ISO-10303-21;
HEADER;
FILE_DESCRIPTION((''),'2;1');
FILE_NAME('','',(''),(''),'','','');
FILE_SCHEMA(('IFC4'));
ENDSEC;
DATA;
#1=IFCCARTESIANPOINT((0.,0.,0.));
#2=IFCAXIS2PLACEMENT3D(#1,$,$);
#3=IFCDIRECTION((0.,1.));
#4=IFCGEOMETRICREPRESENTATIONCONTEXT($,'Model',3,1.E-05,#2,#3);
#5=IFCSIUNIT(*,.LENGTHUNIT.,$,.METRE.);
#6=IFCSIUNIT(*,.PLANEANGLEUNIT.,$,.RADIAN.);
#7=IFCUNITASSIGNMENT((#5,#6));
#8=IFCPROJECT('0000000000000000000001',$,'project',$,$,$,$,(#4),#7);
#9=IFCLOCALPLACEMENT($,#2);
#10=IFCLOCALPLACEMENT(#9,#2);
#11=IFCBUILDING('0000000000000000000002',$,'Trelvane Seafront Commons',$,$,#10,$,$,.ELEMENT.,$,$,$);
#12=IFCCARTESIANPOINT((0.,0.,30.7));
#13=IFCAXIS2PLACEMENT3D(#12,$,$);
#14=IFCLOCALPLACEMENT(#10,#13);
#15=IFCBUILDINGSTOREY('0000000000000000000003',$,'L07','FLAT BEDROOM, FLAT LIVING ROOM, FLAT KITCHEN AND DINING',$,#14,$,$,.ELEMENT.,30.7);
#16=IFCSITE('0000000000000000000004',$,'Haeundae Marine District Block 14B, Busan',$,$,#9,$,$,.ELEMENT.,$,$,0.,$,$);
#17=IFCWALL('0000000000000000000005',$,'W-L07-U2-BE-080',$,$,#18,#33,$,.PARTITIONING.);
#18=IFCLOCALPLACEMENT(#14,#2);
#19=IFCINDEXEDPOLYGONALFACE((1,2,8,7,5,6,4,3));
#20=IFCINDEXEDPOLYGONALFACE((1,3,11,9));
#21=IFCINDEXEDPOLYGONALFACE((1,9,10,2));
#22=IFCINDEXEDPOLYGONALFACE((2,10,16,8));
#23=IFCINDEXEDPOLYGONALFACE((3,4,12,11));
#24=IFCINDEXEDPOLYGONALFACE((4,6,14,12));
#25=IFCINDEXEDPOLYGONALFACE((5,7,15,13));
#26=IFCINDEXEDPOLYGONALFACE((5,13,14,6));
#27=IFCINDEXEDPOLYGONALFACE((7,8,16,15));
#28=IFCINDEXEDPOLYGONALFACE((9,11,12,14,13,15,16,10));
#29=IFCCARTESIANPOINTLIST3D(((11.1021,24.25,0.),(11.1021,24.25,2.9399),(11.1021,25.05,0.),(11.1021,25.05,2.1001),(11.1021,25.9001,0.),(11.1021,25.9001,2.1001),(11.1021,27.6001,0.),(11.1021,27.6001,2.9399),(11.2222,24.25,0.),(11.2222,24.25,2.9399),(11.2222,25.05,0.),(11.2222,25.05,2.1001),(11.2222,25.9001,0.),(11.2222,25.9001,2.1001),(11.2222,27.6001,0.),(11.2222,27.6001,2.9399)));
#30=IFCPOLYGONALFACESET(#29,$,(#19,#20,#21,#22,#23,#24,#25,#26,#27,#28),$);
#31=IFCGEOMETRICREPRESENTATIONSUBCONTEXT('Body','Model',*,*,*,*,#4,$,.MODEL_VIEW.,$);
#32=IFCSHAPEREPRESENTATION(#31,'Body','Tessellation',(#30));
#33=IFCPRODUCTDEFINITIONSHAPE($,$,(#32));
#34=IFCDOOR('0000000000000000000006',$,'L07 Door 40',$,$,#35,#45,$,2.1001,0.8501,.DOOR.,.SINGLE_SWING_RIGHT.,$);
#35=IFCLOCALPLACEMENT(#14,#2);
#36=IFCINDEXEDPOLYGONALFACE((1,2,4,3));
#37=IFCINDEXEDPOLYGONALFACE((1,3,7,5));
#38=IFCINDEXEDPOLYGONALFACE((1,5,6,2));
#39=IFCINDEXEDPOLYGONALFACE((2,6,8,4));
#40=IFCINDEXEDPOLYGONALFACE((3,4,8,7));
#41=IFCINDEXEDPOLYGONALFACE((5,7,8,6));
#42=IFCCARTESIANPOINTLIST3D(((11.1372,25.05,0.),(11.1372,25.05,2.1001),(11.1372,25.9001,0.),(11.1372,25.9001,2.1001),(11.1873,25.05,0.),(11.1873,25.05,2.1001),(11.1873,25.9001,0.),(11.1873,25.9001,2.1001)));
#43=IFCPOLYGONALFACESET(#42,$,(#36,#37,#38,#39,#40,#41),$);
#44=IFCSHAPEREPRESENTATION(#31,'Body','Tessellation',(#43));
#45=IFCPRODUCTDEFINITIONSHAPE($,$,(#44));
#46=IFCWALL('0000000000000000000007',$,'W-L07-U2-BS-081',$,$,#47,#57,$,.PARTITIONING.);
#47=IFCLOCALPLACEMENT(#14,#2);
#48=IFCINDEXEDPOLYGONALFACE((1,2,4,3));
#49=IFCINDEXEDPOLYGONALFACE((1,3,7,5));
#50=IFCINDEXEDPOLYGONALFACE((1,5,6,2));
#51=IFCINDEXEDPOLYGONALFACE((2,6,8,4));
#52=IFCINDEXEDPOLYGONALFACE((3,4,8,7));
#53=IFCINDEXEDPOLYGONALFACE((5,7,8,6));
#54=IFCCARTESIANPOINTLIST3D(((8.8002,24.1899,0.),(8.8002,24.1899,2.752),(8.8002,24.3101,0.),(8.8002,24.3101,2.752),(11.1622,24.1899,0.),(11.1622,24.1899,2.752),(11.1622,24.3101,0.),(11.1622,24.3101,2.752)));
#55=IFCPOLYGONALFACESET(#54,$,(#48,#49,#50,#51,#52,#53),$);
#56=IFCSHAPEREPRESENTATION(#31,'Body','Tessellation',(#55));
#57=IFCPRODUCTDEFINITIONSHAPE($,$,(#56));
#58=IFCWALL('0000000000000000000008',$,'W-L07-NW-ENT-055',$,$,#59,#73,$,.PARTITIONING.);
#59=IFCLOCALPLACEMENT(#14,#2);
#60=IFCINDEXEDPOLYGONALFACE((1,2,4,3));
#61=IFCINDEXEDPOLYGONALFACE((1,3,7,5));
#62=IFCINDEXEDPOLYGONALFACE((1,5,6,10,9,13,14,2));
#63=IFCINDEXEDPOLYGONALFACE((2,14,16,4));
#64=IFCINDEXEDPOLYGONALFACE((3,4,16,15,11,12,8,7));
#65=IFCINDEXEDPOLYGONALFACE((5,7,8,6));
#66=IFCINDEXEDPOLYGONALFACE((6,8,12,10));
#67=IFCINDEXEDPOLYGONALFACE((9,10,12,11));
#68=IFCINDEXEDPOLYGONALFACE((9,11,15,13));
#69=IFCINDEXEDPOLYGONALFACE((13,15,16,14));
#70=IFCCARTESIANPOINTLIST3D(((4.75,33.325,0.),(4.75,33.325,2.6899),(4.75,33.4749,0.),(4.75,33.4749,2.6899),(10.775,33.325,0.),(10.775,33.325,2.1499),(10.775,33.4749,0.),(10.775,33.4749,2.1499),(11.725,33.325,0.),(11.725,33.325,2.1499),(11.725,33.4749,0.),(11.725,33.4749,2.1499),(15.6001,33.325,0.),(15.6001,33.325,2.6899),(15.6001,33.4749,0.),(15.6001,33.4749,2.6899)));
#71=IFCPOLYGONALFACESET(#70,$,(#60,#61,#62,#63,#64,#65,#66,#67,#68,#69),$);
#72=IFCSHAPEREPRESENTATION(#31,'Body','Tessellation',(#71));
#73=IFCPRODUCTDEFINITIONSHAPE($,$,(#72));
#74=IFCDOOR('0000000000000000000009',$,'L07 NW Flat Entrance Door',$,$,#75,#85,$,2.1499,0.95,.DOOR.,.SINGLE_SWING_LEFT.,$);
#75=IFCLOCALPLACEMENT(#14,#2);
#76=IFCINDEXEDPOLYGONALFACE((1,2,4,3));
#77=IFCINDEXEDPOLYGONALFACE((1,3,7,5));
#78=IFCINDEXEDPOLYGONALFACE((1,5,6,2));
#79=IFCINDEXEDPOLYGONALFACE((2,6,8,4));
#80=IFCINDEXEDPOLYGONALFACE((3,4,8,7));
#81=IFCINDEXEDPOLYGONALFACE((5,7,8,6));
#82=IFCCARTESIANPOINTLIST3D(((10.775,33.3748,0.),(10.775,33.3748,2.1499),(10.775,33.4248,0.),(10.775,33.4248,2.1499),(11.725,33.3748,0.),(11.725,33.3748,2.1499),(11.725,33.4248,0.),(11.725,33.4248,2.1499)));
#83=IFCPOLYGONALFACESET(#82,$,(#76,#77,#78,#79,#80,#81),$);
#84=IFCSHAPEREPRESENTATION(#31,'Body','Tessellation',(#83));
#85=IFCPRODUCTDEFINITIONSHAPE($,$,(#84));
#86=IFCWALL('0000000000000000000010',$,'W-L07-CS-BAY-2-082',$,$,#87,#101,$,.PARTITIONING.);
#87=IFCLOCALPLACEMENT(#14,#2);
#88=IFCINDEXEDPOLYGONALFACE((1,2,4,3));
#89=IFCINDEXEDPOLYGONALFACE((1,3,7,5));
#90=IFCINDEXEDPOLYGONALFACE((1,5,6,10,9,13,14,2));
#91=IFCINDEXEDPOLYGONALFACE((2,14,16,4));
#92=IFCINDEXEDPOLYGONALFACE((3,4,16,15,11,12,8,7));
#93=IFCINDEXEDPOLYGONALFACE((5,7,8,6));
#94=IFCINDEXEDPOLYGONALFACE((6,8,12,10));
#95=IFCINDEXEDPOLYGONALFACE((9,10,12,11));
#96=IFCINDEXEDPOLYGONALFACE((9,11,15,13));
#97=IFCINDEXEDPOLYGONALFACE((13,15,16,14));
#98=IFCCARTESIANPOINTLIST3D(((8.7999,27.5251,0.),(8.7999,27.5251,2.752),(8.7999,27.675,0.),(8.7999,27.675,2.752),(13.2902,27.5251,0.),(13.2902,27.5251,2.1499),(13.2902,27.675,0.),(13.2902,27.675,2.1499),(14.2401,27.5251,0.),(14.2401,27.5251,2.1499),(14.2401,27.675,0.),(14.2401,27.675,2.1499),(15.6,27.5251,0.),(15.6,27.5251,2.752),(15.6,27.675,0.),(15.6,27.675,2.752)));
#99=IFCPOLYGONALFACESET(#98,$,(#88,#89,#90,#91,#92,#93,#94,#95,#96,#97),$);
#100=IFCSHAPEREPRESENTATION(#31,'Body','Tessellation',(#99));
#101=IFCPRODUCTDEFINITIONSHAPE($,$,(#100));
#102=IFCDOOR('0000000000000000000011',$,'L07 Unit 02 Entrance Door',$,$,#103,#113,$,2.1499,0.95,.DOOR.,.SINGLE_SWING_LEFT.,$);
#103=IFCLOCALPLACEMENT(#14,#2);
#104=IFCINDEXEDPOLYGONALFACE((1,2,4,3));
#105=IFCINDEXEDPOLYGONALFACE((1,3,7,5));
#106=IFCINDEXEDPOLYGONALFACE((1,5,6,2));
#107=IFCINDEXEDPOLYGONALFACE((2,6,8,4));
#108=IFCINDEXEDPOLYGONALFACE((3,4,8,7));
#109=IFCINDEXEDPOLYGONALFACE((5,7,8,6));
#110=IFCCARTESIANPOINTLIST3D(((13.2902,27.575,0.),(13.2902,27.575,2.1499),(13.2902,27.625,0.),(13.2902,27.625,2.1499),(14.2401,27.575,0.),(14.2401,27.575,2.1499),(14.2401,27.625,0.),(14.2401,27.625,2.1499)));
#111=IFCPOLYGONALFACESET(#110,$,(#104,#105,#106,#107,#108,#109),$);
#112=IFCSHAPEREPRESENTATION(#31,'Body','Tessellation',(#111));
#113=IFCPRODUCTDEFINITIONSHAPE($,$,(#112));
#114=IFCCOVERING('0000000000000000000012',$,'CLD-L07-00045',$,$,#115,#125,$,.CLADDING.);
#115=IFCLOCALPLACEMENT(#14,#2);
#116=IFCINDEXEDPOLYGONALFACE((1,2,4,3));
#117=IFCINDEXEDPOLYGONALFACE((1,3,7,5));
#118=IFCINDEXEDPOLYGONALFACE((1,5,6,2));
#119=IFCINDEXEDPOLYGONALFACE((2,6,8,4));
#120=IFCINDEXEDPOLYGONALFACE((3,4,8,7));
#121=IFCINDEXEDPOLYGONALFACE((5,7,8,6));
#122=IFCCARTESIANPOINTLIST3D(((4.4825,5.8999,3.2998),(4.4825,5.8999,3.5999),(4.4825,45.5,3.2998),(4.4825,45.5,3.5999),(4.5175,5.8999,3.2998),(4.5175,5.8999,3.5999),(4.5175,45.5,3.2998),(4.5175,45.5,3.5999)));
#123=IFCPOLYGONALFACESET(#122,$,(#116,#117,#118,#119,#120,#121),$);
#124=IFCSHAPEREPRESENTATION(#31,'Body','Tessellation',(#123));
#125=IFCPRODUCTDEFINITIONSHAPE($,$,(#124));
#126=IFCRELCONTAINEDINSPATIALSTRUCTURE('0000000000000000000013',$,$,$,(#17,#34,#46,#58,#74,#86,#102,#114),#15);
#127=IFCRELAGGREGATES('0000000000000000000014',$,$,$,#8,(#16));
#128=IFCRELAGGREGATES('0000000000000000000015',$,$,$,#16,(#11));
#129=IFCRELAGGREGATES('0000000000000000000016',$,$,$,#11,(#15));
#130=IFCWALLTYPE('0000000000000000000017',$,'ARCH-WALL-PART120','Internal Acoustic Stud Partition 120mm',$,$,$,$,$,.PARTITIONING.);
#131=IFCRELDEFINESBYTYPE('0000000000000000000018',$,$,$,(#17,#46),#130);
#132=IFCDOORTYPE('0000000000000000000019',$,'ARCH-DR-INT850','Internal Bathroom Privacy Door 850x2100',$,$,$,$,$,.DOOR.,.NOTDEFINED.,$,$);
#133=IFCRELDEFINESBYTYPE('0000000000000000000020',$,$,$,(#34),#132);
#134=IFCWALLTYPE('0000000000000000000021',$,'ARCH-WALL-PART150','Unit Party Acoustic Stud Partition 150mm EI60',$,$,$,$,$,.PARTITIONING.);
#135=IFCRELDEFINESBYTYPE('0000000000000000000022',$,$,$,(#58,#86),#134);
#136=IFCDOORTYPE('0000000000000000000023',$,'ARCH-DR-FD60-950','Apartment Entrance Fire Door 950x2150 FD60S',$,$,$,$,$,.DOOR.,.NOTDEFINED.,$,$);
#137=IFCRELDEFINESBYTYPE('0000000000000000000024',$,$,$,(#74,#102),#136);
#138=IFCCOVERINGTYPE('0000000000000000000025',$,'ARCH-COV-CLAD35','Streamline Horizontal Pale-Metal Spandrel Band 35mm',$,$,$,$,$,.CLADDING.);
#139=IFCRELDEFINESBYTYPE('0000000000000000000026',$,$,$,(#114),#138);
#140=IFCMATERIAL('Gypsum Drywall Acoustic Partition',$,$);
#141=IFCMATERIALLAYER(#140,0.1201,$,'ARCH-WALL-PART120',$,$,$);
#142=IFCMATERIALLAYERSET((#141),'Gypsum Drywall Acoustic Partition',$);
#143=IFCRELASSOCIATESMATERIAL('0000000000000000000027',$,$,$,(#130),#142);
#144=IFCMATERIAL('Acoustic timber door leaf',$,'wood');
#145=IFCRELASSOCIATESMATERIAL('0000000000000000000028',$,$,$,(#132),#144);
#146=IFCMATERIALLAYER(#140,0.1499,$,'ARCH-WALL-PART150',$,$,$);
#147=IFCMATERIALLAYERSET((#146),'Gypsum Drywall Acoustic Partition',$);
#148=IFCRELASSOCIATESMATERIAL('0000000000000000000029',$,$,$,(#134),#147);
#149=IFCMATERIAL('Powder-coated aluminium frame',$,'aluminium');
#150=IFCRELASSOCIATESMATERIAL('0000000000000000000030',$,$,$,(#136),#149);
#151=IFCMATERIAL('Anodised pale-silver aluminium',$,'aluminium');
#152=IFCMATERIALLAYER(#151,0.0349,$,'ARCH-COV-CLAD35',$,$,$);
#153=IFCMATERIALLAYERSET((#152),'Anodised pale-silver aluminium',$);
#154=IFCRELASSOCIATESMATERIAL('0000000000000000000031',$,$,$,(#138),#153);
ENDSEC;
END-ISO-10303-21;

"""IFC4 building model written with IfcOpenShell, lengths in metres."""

from ifc_helpers import new_model, si_unit, direction, frame, frame_2d, origin, origin_2d, place, context, subcontext, project, spatial, rectangle, extrude, source, transform, mapped, material, layer, layer_set, type_object, element, fill, save


model = new_model("IFC4")

# Units and contexts
model_context = context("Model", 3, precision=1e-05, world=origin(), true_north=direction((0.0, 1.0)))
body_context = subcontext(model_context, "Body", "Model", "MODEL_VIEW")
ifc_project = project(units=[si_unit("LENGTHUNIT", "METRE"), si_unit("PLANEANGLEUNIT", "RADIAN")], contexts=[model_context])

# Site, building, storey
site_placement = place(None, origin())
site = spatial("IfcSite", under=ifc_project, at=site_placement, Name="Haeundae Marine District Block 14B, Busan", CompositionType="ELEMENT", RefElevation=0.0)
building_placement = place(site_placement, origin())
building = spatial("IfcBuilding", under=site, at=building_placement, Name="Trelvane Seafront Commons", CompositionType="ELEMENT")
storey_placement = place(building_placement, frame((0.0, 0.0, 30.7)))
storey = spatial("IfcBuildingStorey", under=building, at=storey_placement, Name="L07", Description="FLAT BEDROOM, FLAT LIVING ROOM, FLAT KITCHEN AND DINING", CompositionType="ELEMENT", Elevation=30.7)

# Shared definitions
ifc_material_1 = material(Name="Gypsum Drywall Acoustic Partition")
ifc_layer_1 = layer(ifc_material_1, 0.1201, Name="ARCH-WALL-PART120")
ifc_layer_set_1 = layer_set([ifc_layer_1], Name="Gypsum Drywall Acoustic Partition")
wall_type_1 = type_object("IfcWallType", Name="ARCH-WALL-PART120", Description="Internal Acoustic Stud Partition 120mm", PredefinedType="PARTITIONING", material=ifc_layer_set_1)
ifc_material_2 = material(Name="Acoustic timber door leaf", Category="wood")
shared_shape_1 = source(origin(), body_context, "Body", "SweptSolid", [
    extrude(rectangle(XDim=0.95, YDim=2.1499, at=frame_2d((0.4751, 1.075))), frame((0.0, 0.0249, 0.0), z_axis=(0.0, -1.0, 0.0), x_axis=(1.0, 0.0, 0.0)), (0.0, 0.0, 1.0), 0.05),
])
door_type_1 = type_object("IfcDoorType", Name="ARCH-DR-INT850", Description="Internal Bathroom Privacy Door 850x2100", OperationType="NOTDEFINED", PredefinedType="DOOR", material=ifc_material_2)
shared_shape_2 = source(origin(), body_context, "Body", "SweptSolid", [
    extrude(rectangle(XDim=0.8501, YDim=2.1001, at=frame_2d((0.425, 1.05))), frame((0.0, 0.0249, 0.0), z_axis=(0.0, -1.0, 0.0), x_axis=(1.0, 0.0, 0.0)), (0.0, 0.0, 1.0), 0.05),
])

# Wall, opening, door
wall_1_placement = place(storey_placement, frame((11.1621, 24.25, 0.0), z_axis=(0.0, 0.0, 1.0), x_axis=(0.0, 1.0, 0.0)))
wall_1 = element("IfcWall", 1, at=wall_1_placement, inside=storey, type_object=wall_type_1, Name="W-L07-U2-BE-080", PredefinedType="PARTITIONING", context=body_context, shape_type="SweptSolid", body=[
    extrude(rectangle(XDim=3.3501, YDim=0.1201, at=frame_2d((1.675, 0.0))), origin(), (0.0, 0.0, 1.0), 2.9399),
])
opening_1_placement = place(wall_1_placement, frame((0.8, 0.0, 0.0)))
opening_1 = element("IfcOpeningElement", 2, at=opening_1_placement, cuts=wall_1, PredefinedType="OPENING", context=body_context, shape_type="SweptSolid", body=[
    extrude(rectangle(XDim=0.8501, YDim=2.1001, at=frame_2d((0.425, 1.05))), frame((0.0, 0.0701, 0.0), z_axis=(0.0, -1.0, 0.0), x_axis=(1.0, 0.0, 0.0)), (0.0, 0.0, 1.0), 0.1401),
])
door_1_placement = place(opening_1_placement, origin())
door_1 = element("IfcDoor", 3, at=door_1_placement, inside=storey, type_object=door_type_1, Name="L07 Door 40", OperationType="SINGLE_SWING_RIGHT", OverallHeight=2.1001, OverallWidth=0.8501, PredefinedType="DOOR", context=body_context, shape_type="MappedRepresentation", body=[
    mapped(shared_shape_2, transform((0.0, 0.0, 0.0), x_axis=(1.0, 0.0, 0.0), y_axis=(0.0, 1.0, 0.0), z_axis=(0.0, 0.0, 1.0), scale=1.0)),
])
fill(opening_1, door_1)

# Wall
wall_2_placement = place(storey_placement, frame((8.8, 24.25, 0.0), z_axis=(0.0, 0.0, 1.0), x_axis=(1.0, 0.0, 0.0)))
element("IfcWall", 4, at=wall_2_placement, inside=storey, type_object=wall_type_1, Name="W-L07-U2-BS-081", PredefinedType="PARTITIONING", context=body_context, shape_type="SweptSolid", body=[
    extrude(rectangle(XDim=2.3621, YDim=0.1201, at=frame_2d((1.1812, 0.0))), origin(), (0.0, 0.0, 1.0), 2.752),
])

# Walls, openings, doors
ifc_layer_2 = layer(ifc_material_1, 0.1499, Name="ARCH-WALL-PART150")
ifc_layer_set_2 = layer_set([ifc_layer_2], Name="Gypsum Drywall Acoustic Partition")
wall_type_2 = type_object("IfcWallType", Name="ARCH-WALL-PART150", Description="Unit Party Acoustic Stud Partition 150mm EI60", PredefinedType="PARTITIONING", material=ifc_layer_set_2)
wall_3_placement = place(storey_placement, frame((4.75, 33.3999, 0.0), z_axis=(0.0, 0.0, 1.0), x_axis=(1.0, 0.0, 0.0)))
wall_3 = element("IfcWall", 5, at=wall_3_placement, inside=storey, type_object=wall_type_2, Name="W-L07-NW-ENT-055", PredefinedType="PARTITIONING", context=body_context, shape_type="SweptSolid", body=[
    extrude(rectangle(XDim=10.8501, YDim=0.1499, at=frame_2d((5.425, 0.0))), origin(), (0.0, 0.0, 1.0), 2.6899),
])
opening_2_placement = place(wall_3_placement, frame((6.0249, 0.0, 0.0)))
opening_2 = element("IfcOpeningElement", 6, at=opening_2_placement, cuts=wall_3, PredefinedType="OPENING", context=body_context, shape_type="SweptSolid", body=[
    extrude(rectangle(XDim=0.95, YDim=2.1499, at=frame_2d((0.4751, 1.075))), frame((0.0, 0.085, 0.0), z_axis=(0.0, -1.0, 0.0), x_axis=(1.0, 0.0, 0.0)), (0.0, 0.0, 1.0), 0.1699),
])
ifc_material_3 = material(Name="Powder-coated aluminium frame", Category="aluminium")
door_type_2 = type_object("IfcDoorType", Name="ARCH-DR-FD60-950", Description="Apartment Entrance Fire Door 950x2150 FD60S", OperationType="NOTDEFINED", PredefinedType="DOOR", material=ifc_material_3)
door_2_placement = place(opening_2_placement, origin())
door_2 = element("IfcDoor", 7, at=door_2_placement, inside=storey, type_object=door_type_2, Name="L07 NW Flat Entrance Door", OperationType="SINGLE_SWING_LEFT", OverallHeight=2.1499, OverallWidth=0.95, PredefinedType="DOOR", context=body_context, shape_type="MappedRepresentation", body=[
    mapped(shared_shape_1, transform((0.0, 0.0, 0.0), x_axis=(1.0, 0.0, 0.0), y_axis=(0.0, 1.0, 0.0), z_axis=(0.0, 0.0, 1.0), scale=1.0)),
])
fill(opening_2, door_2)
wall_4_placement = place(storey_placement, frame((8.8, 27.6001, 0.0), z_axis=(0.0, 0.0, 1.0), x_axis=(1.0, 0.0, 0.0)))
wall_4 = element("IfcWall", 8, at=wall_4_placement, inside=storey, type_object=wall_type_2, Name="W-L07-CS-BAY-2-082", PredefinedType="PARTITIONING", context=body_context, shape_type="SweptSolid", body=[
    extrude(rectangle(XDim=6.8, YDim=0.1499, at=frame_2d((3.3999, 0.0))), origin(), (0.0, 0.0, 1.0), 2.752),
])
opening_3_placement = place(wall_4_placement, frame((4.49, 0.0, 0.0)))
opening_3 = element("IfcOpeningElement", 9, at=opening_3_placement, cuts=wall_4, PredefinedType="OPENING", context=body_context, shape_type="SweptSolid", body=[
    extrude(rectangle(XDim=0.95, YDim=2.1499, at=frame_2d((0.4751, 1.075))), frame((0.0, 0.085, 0.0), z_axis=(0.0, -1.0, 0.0), x_axis=(1.0, 0.0, 0.0)), (0.0, 0.0, 1.0), 0.1699),
])
door_3_placement = place(opening_3_placement, origin())
door_3 = element("IfcDoor", 10, at=door_3_placement, inside=storey, type_object=door_type_2, Name="L07 Unit 02 Entrance Door", OperationType="SINGLE_SWING_LEFT", OverallHeight=2.1499, OverallWidth=0.95, PredefinedType="DOOR", context=body_context, shape_type="MappedRepresentation", body=[
    mapped(shared_shape_1, transform((0.0, 0.0, 0.0), x_axis=(1.0, 0.0, 0.0), y_axis=(0.0, 1.0, 0.0), z_axis=(0.0, 0.0, 1.0), scale=1.0)),
])
fill(opening_3, door_3)

# Covering
ifc_material_4 = material(Name="Anodised pale-silver aluminium", Category="aluminium")
ifc_layer_3 = layer(ifc_material_4, 0.0349, Name="ARCH-COV-CLAD35")
ifc_layer_set_3 = layer_set([ifc_layer_3], Name="Anodised pale-silver aluminium")
covering_type = type_object("IfcCoveringType", Name="ARCH-COV-CLAD35", Description="Streamline Horizontal Pale-Metal Spandrel Band 35mm", PredefinedType="CLADDING", material=ifc_layer_set_3)
shared_shape_3 = source(origin(), body_context, "Body", "SweptSolid", [
    extrude(rectangle(XDim=39.6001, YDim=0.0349, at=origin_2d()), origin(), (0.0, 0.0, 1.0), 0.3),
])
covering_placement = place(storey_placement, frame((4.5, 25.7, 3.2998), z_axis=(0.0, 0.0, 1.0), x_axis=(0.0, 1.0, 0.0)))
element("IfcCovering", 11, at=covering_placement, inside=storey, type_object=covering_type, Name="CLD-L07-00045", PredefinedType="CLADDING", context=body_context, shape_type="MappedRepresentation", body=[
    mapped(shared_shape_3, transform((0.0, 0.0, 0.0), x_axis=(1.0, 0.0, 0.0), y_axis=(0.0, 1.0, 0.0), z_axis=(0.0, 0.0, 1.0), scale=1.0)),
])

save(model, "model.ifc")
